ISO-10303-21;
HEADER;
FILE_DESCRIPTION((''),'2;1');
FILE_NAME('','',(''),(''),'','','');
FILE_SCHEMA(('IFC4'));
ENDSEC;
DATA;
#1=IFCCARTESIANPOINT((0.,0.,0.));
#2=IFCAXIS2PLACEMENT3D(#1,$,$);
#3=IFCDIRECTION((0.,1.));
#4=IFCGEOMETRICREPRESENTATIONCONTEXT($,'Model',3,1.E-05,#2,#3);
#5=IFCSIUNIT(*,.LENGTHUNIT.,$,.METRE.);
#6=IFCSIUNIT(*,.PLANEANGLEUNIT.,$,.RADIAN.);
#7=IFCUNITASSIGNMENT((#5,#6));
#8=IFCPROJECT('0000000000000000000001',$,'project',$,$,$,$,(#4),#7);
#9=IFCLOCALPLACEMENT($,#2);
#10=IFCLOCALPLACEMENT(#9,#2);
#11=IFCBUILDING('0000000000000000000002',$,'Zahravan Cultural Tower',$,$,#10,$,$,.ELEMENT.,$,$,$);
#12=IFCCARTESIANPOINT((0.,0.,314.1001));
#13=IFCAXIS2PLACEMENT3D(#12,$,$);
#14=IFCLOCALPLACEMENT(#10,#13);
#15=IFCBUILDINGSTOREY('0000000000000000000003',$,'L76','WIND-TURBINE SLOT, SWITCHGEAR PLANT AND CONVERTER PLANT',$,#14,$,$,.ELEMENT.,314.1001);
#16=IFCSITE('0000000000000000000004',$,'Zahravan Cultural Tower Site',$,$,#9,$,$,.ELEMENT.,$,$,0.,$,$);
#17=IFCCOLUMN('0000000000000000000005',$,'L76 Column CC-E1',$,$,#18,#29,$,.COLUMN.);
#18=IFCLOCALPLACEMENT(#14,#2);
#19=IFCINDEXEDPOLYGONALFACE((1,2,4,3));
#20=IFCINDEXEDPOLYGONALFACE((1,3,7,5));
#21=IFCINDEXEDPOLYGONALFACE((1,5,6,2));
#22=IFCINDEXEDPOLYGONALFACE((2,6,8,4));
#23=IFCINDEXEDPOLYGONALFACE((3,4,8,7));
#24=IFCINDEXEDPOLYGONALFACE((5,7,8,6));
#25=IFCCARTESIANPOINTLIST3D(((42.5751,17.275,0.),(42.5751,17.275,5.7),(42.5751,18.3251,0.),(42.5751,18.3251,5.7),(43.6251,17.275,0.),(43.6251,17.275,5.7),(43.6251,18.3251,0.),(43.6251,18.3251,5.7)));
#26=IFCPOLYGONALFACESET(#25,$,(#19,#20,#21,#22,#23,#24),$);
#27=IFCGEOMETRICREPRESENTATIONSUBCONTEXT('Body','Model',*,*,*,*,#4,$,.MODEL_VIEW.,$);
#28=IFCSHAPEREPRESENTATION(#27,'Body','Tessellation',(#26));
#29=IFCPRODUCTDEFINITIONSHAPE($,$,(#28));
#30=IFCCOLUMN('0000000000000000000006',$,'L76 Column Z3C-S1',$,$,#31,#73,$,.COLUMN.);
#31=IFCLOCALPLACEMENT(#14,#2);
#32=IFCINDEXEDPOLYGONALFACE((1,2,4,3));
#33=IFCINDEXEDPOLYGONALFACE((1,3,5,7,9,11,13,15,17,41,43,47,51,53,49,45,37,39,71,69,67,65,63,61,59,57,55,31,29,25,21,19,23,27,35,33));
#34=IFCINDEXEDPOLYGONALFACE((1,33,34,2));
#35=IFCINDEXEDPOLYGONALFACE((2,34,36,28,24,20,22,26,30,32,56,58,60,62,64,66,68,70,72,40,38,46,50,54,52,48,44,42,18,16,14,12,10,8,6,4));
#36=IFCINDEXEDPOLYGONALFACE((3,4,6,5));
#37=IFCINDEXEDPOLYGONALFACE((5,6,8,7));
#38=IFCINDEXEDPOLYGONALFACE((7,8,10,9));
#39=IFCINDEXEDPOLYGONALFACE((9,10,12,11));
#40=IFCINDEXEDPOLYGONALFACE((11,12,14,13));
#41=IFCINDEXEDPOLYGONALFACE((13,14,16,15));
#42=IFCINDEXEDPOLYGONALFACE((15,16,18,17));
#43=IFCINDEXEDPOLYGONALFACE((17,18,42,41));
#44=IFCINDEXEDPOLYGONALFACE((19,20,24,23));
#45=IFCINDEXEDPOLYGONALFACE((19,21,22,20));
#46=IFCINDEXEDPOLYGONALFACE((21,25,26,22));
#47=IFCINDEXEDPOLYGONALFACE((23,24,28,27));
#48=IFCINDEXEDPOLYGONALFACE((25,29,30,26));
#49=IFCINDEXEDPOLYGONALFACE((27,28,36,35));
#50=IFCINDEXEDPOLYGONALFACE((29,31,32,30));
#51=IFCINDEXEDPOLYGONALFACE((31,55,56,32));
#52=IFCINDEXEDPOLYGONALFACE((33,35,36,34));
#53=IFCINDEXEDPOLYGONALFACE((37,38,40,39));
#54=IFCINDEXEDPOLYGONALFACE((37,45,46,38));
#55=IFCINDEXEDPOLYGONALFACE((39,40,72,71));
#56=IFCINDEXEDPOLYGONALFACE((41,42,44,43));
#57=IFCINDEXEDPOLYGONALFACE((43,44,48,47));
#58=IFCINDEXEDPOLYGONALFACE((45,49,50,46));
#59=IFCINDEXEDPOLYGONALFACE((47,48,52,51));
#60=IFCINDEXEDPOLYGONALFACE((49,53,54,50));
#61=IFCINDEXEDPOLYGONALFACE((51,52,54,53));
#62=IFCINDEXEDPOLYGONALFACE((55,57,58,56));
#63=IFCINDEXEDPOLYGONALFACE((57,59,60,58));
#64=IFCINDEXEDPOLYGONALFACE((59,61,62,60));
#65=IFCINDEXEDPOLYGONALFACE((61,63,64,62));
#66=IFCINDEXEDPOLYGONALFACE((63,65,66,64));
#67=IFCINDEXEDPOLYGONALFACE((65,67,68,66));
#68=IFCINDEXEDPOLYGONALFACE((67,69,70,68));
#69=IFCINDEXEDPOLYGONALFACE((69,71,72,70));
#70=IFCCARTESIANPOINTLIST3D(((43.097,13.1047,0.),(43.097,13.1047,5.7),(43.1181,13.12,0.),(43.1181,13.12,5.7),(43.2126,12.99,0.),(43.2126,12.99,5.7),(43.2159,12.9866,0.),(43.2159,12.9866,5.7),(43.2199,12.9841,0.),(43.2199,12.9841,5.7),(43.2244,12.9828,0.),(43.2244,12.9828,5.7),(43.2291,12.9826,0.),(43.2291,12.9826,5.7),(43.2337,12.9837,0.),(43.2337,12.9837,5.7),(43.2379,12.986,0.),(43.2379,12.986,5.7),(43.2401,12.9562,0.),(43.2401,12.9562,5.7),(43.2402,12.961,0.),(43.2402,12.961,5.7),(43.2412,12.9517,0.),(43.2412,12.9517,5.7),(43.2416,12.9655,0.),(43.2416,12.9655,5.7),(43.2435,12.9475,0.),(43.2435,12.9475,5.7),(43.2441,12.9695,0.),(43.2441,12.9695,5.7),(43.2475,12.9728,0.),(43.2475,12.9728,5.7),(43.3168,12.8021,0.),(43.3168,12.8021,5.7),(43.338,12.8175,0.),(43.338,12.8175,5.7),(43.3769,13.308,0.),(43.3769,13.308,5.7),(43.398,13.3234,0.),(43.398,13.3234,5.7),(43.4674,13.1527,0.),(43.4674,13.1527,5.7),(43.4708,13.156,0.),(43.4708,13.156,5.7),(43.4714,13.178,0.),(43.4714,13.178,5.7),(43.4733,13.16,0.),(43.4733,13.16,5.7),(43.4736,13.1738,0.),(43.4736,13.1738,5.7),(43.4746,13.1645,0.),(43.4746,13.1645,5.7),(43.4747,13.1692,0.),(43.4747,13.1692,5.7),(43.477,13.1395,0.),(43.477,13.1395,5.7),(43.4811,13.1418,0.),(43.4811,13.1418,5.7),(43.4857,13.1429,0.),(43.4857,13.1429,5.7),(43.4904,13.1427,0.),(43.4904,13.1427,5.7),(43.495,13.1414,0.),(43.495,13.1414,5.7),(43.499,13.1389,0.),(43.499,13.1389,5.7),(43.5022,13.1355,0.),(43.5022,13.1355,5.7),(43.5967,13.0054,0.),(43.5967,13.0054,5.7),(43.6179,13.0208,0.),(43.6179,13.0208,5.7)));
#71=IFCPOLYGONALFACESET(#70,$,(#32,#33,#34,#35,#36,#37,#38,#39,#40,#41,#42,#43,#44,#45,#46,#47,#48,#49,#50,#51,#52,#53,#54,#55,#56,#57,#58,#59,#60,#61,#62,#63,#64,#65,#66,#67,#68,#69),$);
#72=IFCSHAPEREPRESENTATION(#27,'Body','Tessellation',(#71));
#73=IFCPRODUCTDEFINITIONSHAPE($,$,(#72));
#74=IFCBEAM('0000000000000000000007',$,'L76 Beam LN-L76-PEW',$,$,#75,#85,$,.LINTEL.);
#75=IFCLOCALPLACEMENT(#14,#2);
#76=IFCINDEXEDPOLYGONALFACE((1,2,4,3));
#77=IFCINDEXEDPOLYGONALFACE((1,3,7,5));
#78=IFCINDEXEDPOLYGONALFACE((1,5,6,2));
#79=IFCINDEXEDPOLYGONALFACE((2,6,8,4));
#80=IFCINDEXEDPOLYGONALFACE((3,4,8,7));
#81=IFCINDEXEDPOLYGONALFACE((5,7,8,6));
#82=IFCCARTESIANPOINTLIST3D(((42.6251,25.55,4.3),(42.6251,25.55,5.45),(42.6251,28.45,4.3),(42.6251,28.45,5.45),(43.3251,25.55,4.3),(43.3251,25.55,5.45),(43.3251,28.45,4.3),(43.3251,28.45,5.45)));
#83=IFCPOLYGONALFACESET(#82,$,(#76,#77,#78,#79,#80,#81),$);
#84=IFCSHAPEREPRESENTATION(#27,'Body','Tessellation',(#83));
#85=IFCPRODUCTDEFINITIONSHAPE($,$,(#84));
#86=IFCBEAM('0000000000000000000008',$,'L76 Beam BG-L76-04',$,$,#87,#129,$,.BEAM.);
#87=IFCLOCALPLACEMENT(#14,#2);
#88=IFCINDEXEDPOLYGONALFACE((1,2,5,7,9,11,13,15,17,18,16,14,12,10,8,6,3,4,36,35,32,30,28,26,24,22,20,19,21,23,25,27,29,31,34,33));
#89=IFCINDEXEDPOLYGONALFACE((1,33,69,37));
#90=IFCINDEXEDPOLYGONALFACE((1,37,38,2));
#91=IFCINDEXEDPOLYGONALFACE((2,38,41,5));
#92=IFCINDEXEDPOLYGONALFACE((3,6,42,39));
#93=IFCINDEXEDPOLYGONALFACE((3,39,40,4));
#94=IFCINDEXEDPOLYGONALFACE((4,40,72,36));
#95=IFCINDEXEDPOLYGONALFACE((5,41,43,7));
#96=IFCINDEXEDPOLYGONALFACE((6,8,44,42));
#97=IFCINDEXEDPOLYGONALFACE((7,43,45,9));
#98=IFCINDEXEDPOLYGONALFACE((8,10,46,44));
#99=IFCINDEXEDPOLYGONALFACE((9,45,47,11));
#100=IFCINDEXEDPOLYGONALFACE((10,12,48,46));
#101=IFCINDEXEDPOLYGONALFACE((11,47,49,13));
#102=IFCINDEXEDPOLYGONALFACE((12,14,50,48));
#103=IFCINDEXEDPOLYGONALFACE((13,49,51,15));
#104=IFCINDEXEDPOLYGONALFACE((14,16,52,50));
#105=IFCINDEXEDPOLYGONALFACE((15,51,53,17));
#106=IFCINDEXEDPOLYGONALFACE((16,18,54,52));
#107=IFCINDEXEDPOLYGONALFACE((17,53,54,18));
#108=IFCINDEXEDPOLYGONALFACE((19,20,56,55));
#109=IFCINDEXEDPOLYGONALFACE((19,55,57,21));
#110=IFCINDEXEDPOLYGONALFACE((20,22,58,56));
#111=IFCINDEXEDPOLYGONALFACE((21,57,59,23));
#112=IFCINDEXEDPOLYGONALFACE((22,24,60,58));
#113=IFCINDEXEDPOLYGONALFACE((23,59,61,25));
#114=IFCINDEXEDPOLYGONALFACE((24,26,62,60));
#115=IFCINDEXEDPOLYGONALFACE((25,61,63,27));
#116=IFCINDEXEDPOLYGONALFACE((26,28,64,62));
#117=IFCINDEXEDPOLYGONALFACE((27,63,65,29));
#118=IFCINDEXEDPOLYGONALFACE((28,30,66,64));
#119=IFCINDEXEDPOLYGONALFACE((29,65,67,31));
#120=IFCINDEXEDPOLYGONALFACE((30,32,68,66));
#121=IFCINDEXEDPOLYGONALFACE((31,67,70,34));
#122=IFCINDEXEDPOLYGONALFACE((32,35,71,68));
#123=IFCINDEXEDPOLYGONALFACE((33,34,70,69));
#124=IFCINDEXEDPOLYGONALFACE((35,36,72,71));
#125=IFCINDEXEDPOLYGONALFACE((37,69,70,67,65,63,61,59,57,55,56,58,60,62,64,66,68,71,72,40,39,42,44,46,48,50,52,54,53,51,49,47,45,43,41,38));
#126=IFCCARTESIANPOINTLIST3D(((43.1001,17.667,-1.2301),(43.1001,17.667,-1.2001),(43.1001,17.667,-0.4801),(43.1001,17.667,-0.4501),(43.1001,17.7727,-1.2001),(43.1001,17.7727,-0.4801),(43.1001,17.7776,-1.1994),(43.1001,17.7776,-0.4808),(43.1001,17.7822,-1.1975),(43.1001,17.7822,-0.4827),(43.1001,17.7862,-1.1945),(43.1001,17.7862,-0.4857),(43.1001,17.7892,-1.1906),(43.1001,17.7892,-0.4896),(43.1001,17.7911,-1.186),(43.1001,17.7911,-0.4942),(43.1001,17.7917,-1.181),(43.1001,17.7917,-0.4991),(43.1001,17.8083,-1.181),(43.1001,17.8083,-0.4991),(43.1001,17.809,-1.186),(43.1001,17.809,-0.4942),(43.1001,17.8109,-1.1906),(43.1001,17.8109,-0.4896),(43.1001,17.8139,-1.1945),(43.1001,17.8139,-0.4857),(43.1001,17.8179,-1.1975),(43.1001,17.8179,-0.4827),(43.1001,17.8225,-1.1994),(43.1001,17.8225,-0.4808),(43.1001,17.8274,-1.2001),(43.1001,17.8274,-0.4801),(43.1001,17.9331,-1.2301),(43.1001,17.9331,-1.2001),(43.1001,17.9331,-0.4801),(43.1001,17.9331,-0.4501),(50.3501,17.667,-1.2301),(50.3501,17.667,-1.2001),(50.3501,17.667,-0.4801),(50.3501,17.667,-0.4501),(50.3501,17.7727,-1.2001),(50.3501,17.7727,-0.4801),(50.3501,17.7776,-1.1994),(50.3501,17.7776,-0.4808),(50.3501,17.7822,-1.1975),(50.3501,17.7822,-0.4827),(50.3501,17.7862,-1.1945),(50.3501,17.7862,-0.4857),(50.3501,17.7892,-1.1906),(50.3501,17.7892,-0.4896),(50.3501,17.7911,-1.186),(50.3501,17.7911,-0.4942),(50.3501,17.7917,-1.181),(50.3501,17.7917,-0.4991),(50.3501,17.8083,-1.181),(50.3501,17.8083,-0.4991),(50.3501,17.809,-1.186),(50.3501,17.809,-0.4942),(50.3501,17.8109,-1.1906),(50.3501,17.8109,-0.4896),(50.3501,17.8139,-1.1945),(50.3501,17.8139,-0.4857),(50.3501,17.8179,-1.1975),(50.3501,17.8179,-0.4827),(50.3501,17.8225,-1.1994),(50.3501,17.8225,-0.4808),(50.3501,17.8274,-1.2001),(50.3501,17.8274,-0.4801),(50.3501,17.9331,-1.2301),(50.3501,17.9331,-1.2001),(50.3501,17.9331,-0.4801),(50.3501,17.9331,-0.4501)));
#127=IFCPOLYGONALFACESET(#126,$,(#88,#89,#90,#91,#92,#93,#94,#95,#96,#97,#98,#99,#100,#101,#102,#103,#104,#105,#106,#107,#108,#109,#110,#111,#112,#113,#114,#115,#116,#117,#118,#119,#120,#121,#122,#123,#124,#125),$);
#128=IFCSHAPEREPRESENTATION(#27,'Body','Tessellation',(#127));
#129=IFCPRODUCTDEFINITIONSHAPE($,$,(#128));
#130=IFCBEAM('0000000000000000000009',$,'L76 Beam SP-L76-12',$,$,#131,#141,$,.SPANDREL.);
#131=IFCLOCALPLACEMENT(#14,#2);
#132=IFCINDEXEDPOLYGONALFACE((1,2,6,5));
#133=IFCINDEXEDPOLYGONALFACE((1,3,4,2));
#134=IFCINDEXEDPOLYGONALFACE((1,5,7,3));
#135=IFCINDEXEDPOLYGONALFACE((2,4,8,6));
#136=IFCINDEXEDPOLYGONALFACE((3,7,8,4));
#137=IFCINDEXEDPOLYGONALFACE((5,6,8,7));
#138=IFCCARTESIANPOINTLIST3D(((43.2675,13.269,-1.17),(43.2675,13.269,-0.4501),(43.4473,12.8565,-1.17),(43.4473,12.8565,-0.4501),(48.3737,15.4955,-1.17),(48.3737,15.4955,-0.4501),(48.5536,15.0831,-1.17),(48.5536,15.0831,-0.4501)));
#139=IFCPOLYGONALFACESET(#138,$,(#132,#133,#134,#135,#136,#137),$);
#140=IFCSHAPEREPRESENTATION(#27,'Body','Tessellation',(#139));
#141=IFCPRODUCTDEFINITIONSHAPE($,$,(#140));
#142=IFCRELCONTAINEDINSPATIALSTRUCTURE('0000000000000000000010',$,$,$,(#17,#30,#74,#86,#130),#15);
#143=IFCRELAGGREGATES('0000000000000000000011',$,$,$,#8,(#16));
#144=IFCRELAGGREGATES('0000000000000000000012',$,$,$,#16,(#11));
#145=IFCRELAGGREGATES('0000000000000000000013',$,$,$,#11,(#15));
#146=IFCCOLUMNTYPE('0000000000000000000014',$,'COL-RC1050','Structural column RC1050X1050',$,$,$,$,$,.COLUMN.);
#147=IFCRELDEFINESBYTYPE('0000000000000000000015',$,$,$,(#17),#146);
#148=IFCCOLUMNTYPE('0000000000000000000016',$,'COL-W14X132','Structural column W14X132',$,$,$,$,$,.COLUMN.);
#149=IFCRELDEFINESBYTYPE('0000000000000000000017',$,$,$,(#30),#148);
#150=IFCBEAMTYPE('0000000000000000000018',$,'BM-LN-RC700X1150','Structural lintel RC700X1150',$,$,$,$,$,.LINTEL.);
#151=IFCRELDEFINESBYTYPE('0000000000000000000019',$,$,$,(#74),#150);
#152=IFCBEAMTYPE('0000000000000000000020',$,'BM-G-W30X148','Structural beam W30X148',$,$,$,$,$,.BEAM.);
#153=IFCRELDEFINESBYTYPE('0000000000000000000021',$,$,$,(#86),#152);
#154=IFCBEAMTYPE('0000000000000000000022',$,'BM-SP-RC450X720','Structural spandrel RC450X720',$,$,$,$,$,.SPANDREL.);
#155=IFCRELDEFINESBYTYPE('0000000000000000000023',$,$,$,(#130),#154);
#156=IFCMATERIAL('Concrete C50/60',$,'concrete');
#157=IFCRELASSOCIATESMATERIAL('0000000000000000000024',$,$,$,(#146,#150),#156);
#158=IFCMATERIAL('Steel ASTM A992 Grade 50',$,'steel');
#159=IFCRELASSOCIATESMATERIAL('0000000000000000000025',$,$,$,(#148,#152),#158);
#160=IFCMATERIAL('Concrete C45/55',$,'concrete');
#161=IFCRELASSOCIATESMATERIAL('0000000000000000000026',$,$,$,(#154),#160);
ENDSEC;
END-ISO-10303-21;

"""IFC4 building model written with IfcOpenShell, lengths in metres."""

from ifc_helpers import new_model, si_unit, direction, frame, origin, origin_2d, place, context, subcontext, project, spatial, rectangle, i_section, extrude, source, transform, mapped, material, material_profile, profile_set, type_object, element, save


model = new_model("IFC4")

# Units and contexts
model_context = context("Model", 3, precision=1e-05, world=origin(), true_north=direction((0.0, 1.0)))
body_context = subcontext(model_context, "Body", "Model", "MODEL_VIEW")
ifc_project = project(units=[si_unit("LENGTHUNIT", "METRE"), si_unit("PLANEANGLEUNIT", "RADIAN")], contexts=[model_context])

# Site, building, storey
site_placement = place(None, origin())
site = spatial("IfcSite", under=ifc_project, at=site_placement, Name="Zahravan Cultural Tower Site", CompositionType="ELEMENT", RefElevation=0.0)
building_placement = place(site_placement, origin())
building = spatial("IfcBuilding", under=site, at=building_placement, Name="Zahravan Cultural Tower", CompositionType="ELEMENT")
storey_placement = place(building_placement, frame((0.0, 0.0, 314.1001)))
storey = spatial("IfcBuildingStorey", under=building, at=storey_placement, Name="L76", Description="WIND-TURBINE SLOT, SWITCHGEAR PLANT AND CONVERTER PLANT", CompositionType="ELEMENT", Elevation=314.1001)

# Columns
ifc_material_1 = material(Name="Concrete C50/60", Category="concrete")
ifc_material_profile_1 = material_profile(ifc_material_1, rectangle(XDim=1.05, YDim=1.05, at=origin_2d()), Name="RC1050X1050")
ifc_profile_set_1 = profile_set([ifc_material_profile_1], Name="Concrete C50/60")
column_type_1 = type_object("IfcColumnType", Name="COL-RC1050", Description="Structural column RC1050X1050", PredefinedType="COLUMN", material=ifc_profile_set_1)
shared_shape_1 = source(origin(), body_context, "Body", "SweptSolid", [
    extrude(rectangle(XDim=1.05, YDim=1.05, at=origin_2d()), origin(), (0.0, 0.0, 1.0), 5.7),
])
column_1_placement = place(storey_placement, frame((43.1001, 17.8, 0.0), z_axis=(0.0, 0.0, 1.0), x_axis=(1.0, 0.0, 0.0)))
element("IfcColumn", 1, at=column_1_placement, inside=storey, type_object=column_type_1, Name="L76 Column CC-E1", PredefinedType="COLUMN", context=body_context, shape_type="MappedRepresentation", body=[
    mapped(shared_shape_1, transform((0.0, 0.0, 0.0), x_axis=(1.0, 0.0, 0.0), y_axis=(0.0, 1.0, 0.0), z_axis=(0.0, 0.0, 1.0), scale=1.0)),
])
ifc_material_2 = material(Name="Steel ASTM A992 Grade 50", Category="steel")
ifc_material_profile_2 = material_profile(ifc_material_2, i_section(OverallWidth=0.374, OverallDepth=0.3721, WebThickness=0.0164, FlangeThickness=0.0261, FilletRadius=0.0181, at=origin_2d()), Name="W14X132")
ifc_profile_set_2 = profile_set([ifc_material_profile_2], Name="Steel ASTM A992 Grade 50")
column_type_2 = type_object("IfcColumnType", Name="COL-W14X132", Description="Structural column W14X132", PredefinedType="COLUMN", material=ifc_profile_set_2)
shared_shape_2 = source(origin(), body_context, "Body", "SweptSolid", [
    extrude(i_section(OverallWidth=0.374, OverallDepth=0.3721, WebThickness=0.0164, FlangeThickness=0.0261, FilletRadius=0.0181, at=origin_2d()), origin(), (0.0, 0.0, 1.0), 5.7),
])
column_2_placement = place(storey_placement, frame((43.3574, 13.0627, 0.0), z_axis=(0.0, 0.0, 1.0), x_axis=(-0.587785, 0.809017, 0.0)))
element("IfcColumn", 2, at=column_2_placement, inside=storey, type_object=column_type_2, Name="L76 Column Z3C-S1", PredefinedType="COLUMN", context=body_context, shape_type="MappedRepresentation", body=[
    mapped(shared_shape_2, transform((0.0, 0.0, 0.0), x_axis=(1.0, 0.0, 0.0), y_axis=(0.0, 1.0, 0.0), z_axis=(0.0, 0.0, 1.0), scale=1.0)),
])

# Beams
ifc_material_profile_3 = material_profile(ifc_material_1, rectangle(XDim=0.7, YDim=1.1499, at=origin_2d()), Name="RC700X1150")
ifc_profile_set_3 = profile_set([ifc_material_profile_3], Name="Concrete C50/60")
beam_type_1 = type_object("IfcBeamType", Name="BM-LN-RC700X1150", Description="Structural lintel RC700X1150", PredefinedType="LINTEL", material=ifc_profile_set_3)
shared_shape_3 = source(origin(), body_context, "Body", "SweptSolid", [
    extrude(rectangle(XDim=0.7, YDim=1.1499, at=origin_2d()), origin(), (0.0, 0.0, 1.0), 2.8999),
])
beam_1_placement = place(storey_placement, frame((42.9751, 25.55, 4.875), z_axis=(0.0, 1.0, 0.0), x_axis=(-1.0, 0.0, 0.0)))
element("IfcBeam", 3, at=beam_1_placement, inside=storey, type_object=beam_type_1, Name="L76 Beam LN-L76-PEW", PredefinedType="LINTEL", context=body_context, shape_type="MappedRepresentation", body=[
    mapped(shared_shape_3, transform((0.0, 0.0, 0.0), x_axis=(1.0, 0.0, 0.0), y_axis=(0.0, 1.0, 0.0), z_axis=(0.0, 0.0, 1.0), scale=1.0)),
])
ifc_material_profile_4 = material_profile(ifc_material_2, i_section(OverallWidth=0.2661, OverallDepth=0.78, WebThickness=0.0166, FlangeThickness=0.03, FilletRadius=0.019, at=origin_2d()), Name="W30X148")
ifc_profile_set_4 = profile_set([ifc_material_profile_4], Name="Steel ASTM A992 Grade 50")
beam_type_2 = type_object("IfcBeamType", Name="BM-G-W30X148", Description="Structural beam W30X148", PredefinedType="BEAM", material=ifc_profile_set_4)
shared_shape_4 = source(origin(), body_context, "Body", "SweptSolid", [
    extrude(i_section(OverallWidth=0.2661, OverallDepth=0.78, WebThickness=0.0166, FlangeThickness=0.03, FilletRadius=0.019, at=origin_2d()), origin(), (0.0, 0.0, 1.0), 7.25),
])
beam_2_placement = place(storey_placement, frame((43.1001, 17.8, -0.8401), z_axis=(1.0, 0.0, 0.0), x_axis=(0.0, 1.0, 0.0)))
element("IfcBeam", 4, at=beam_2_placement, inside=storey, type_object=beam_type_2, Name="L76 Beam BG-L76-04", PredefinedType="BEAM", context=body_context, shape_type="MappedRepresentation", body=[
    mapped(shared_shape_4, transform((0.0, 0.0, 0.0), x_axis=(1.0, 0.0, 0.0), y_axis=(0.0, 1.0, 0.0), z_axis=(0.0, 0.0, 1.0), scale=1.0)),
])
ifc_material_3 = material(Name="Concrete C45/55", Category="concrete")
ifc_material_profile_5 = material_profile(ifc_material_3, rectangle(XDim=0.45, YDim=0.72, at=origin_2d()), Name="RC450X720")
ifc_profile_set_5 = profile_set([ifc_material_profile_5], Name="Concrete C45/55")
beam_type_3 = type_object("IfcBeamType", Name="BM-SP-RC450X720", Description="Structural spandrel RC450X720", PredefinedType="SPANDREL", material=ifc_profile_set_5)
shared_shape_5 = source(origin(), body_context, "Body", "SweptSolid", [
    extrude(rectangle(XDim=0.45, YDim=0.72, at=origin_2d()), origin(), (0.0, 0.0, 1.0), 5.5706),
])
beam_3_placement = place(storey_placement, frame((43.3574, 13.0627, -0.8101), z_axis=(0.916645, 0.399703, 0.0), x_axis=(-0.399703, 0.916645, 0.0)))
element("IfcBeam", 5, at=beam_3_placement, inside=storey, type_object=beam_type_3, Name="L76 Beam SP-L76-12", PredefinedType="SPANDREL", context=body_context, shape_type="MappedRepresentation", body=[
    mapped(shared_shape_5, transform((0.0, 0.0, 0.0), x_axis=(1.0, 0.0, 0.0), y_axis=(0.0, 1.0, 0.0), z_axis=(0.0, 0.0, 1.0), scale=1.0)),
])

save(model, "model.ifc")
